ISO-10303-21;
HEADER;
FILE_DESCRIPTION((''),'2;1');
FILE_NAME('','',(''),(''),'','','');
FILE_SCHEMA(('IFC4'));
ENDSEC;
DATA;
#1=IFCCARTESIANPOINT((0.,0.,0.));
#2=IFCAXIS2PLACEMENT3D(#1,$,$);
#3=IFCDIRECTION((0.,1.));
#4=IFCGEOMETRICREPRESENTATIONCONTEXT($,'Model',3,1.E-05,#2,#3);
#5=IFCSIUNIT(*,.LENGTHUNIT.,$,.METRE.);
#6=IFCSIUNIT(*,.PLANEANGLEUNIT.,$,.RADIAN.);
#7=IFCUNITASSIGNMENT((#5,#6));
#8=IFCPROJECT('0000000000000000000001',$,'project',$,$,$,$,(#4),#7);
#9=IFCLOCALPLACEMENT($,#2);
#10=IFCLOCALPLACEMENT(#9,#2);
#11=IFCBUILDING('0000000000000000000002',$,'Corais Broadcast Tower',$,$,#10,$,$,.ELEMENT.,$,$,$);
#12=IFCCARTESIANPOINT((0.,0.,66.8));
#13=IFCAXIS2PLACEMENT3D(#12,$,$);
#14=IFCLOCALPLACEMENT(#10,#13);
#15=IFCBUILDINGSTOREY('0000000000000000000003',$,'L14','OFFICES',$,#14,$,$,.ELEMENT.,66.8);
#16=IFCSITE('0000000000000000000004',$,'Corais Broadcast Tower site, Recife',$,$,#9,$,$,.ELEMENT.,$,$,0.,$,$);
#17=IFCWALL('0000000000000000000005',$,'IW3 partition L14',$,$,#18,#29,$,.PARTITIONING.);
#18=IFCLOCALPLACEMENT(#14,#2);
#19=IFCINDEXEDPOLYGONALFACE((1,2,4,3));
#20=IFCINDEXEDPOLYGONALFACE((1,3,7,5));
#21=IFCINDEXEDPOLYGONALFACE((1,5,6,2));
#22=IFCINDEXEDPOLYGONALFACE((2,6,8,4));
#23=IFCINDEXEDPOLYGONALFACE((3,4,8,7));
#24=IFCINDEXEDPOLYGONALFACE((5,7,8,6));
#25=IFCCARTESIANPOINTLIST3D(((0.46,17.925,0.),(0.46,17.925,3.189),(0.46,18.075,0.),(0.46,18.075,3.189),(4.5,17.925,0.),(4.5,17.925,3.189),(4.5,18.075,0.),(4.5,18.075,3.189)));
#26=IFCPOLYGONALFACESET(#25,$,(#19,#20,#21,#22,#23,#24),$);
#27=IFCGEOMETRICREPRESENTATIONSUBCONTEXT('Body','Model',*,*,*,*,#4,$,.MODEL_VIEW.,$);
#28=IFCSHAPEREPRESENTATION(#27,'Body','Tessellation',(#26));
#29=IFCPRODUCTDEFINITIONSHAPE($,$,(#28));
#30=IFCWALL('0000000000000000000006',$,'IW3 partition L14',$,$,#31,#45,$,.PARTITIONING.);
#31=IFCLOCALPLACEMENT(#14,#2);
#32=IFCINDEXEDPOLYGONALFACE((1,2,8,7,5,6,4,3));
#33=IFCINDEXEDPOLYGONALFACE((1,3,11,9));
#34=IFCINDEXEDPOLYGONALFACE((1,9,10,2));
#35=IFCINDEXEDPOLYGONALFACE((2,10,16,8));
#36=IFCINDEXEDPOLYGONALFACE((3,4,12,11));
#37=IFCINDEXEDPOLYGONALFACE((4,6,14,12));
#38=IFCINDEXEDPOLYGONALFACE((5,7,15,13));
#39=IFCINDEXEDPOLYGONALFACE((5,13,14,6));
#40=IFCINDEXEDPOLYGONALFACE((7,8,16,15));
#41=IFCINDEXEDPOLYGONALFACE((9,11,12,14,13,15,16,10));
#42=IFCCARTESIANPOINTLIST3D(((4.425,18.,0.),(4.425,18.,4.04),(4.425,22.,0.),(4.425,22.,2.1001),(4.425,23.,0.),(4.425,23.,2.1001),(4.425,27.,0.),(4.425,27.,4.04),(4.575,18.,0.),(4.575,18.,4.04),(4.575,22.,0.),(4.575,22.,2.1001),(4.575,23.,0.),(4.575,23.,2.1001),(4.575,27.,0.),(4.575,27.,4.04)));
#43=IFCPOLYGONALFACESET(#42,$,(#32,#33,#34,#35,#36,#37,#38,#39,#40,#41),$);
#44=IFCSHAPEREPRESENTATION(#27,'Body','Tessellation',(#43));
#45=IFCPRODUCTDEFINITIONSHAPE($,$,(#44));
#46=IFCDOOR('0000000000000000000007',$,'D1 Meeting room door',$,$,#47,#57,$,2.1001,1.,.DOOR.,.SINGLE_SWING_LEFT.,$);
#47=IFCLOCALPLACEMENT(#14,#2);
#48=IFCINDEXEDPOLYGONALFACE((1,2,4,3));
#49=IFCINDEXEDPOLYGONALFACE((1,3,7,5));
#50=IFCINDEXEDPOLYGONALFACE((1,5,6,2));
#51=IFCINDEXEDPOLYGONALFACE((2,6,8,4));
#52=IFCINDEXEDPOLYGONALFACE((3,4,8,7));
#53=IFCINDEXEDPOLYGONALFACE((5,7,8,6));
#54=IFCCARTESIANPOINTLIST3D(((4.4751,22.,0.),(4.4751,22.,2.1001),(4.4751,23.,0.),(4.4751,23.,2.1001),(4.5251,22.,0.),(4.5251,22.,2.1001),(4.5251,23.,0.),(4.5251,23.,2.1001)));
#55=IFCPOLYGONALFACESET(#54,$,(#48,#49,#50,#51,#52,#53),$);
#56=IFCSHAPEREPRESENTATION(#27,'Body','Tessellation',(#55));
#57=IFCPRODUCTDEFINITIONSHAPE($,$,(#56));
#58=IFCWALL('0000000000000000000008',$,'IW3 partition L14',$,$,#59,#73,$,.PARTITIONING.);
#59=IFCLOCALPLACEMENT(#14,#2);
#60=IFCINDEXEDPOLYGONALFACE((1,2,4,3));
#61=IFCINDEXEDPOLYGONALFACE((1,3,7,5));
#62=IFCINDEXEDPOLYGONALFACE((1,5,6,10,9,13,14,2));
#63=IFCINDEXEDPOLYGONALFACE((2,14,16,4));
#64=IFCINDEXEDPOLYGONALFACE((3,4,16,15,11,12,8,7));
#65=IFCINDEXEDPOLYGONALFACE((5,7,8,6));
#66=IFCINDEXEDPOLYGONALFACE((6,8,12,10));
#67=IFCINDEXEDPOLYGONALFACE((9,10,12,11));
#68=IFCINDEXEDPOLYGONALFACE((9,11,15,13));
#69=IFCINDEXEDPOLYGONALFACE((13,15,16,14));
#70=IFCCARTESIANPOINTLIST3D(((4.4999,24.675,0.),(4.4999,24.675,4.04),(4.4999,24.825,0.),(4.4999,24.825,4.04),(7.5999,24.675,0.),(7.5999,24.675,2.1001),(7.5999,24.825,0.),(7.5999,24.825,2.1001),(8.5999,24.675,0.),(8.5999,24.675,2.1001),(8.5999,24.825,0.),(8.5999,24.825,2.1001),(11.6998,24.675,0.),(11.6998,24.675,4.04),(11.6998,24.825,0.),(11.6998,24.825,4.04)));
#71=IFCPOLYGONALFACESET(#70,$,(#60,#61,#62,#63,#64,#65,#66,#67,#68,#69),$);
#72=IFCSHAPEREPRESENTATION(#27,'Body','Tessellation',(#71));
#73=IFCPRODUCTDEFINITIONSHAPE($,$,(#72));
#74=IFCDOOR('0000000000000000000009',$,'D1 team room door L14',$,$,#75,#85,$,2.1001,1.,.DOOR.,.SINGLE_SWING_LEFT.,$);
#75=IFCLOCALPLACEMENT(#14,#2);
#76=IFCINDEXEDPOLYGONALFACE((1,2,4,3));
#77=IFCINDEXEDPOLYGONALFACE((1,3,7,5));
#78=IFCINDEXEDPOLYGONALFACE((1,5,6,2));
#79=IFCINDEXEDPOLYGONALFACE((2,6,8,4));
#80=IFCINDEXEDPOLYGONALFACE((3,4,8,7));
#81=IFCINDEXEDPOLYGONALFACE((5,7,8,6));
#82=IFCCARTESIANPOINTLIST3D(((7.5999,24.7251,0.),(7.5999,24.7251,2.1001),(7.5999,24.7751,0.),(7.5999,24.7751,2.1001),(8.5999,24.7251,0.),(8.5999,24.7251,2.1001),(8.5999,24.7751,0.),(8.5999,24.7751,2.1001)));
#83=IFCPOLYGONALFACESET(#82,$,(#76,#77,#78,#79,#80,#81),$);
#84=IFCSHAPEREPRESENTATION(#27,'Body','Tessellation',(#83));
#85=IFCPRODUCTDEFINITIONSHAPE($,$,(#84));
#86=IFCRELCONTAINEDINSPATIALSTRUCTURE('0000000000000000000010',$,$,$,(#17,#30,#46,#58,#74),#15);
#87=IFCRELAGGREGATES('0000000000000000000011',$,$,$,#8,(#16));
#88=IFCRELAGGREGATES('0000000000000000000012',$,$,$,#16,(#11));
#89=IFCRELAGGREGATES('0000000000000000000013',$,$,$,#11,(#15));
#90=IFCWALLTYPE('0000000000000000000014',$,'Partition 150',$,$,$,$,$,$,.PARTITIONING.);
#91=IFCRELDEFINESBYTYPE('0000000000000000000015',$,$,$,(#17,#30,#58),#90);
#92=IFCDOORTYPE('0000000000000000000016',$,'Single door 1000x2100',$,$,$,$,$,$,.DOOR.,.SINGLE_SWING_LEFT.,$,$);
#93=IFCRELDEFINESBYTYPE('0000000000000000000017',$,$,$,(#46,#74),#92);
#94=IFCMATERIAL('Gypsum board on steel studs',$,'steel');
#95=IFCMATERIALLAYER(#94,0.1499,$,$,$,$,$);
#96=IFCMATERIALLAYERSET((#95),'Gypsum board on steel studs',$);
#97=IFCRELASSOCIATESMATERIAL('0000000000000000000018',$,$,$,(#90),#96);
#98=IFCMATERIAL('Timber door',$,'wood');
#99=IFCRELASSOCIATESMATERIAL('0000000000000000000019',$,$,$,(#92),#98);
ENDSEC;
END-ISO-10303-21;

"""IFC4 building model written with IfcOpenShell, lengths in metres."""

from ifc_helpers import new_model, si_unit, direction, frame, frame_2d, origin, place, context, subcontext, project, spatial, rectangle, extrude, material, layer, layer_set, type_object, element, fill, save


model = new_model("IFC4")

# Units and contexts
model_context = context("Model", 3, precision=1e-05, world=origin(), true_north=direction((0.0, 1.0)))
body_context = subcontext(model_context, "Body", "Model", "MODEL_VIEW")
ifc_project = project(units=[si_unit("LENGTHUNIT", "METRE"), si_unit("PLANEANGLEUNIT", "RADIAN")], contexts=[model_context])

# Site, building, storey
site_placement = place(None, origin())
site = spatial("IfcSite", under=ifc_project, at=site_placement, Name="Corais Broadcast Tower site, Recife", CompositionType="ELEMENT", RefElevation=0.0)
building_placement = place(site_placement, origin())
building = spatial("IfcBuilding", under=site, at=building_placement, Name="Corais Broadcast Tower", CompositionType="ELEMENT")
storey_placement = place(building_placement, frame((0.0, 0.0, 66.8)))
storey = spatial("IfcBuildingStorey", under=building, at=storey_placement, Name="L14", Description="OFFICES", CompositionType="ELEMENT", Elevation=66.8)

# Wall
ifc_material_1 = material(Name="Gypsum board on steel studs", Category="steel")
ifc_layer_1 = layer(ifc_material_1, 0.1499)
ifc_layer_set_1 = layer_set([ifc_layer_1], Name="Gypsum board on steel studs")
wall_type_1 = type_object("IfcWallType", Name="Partition 150", PredefinedType="PARTITIONING", material=ifc_layer_set_1)
wall_1_placement = place(storey_placement, frame((0.46, 18.0, 0.0), z_axis=(0.0, 0.0, 1.0), x_axis=(1.0, 0.0, 0.0)))
element("IfcWall", 1, at=wall_1_placement, inside=storey, type_object=wall_type_1, Name="IW3 partition L14", PredefinedType="PARTITIONING", context=body_context, shape_type="SweptSolid", body=[
    extrude(rectangle(XDim=4.04, YDim=0.1499, at=frame_2d((2.02, 0.0))), origin(), (0.0, 0.0, 1.0), 3.189),
])

# Walls, openings, doors
wall_2_placement = place(storey_placement, frame((4.5, 18.0, 0.0), z_axis=(0.0, 0.0, 1.0), x_axis=(0.0, 1.0, 0.0)))
wall_2 = element("IfcWall", 2, at=wall_2_placement, inside=storey, type_object=wall_type_1, Name="IW3 partition L14", PredefinedType="PARTITIONING", context=body_context, shape_type="SweptSolid", body=[
    extrude(rectangle(XDim=9.0, YDim=0.1499, at=frame_2d((4.5, 0.0))), origin(), (0.0, 0.0, 1.0), 4.04),
])
opening_1_placement = place(wall_2_placement, frame((4.0, 0.0, 0.0)))
opening_1 = element("IfcOpeningElement", 3, at=opening_1_placement, cuts=wall_2, PredefinedType="OPENING", context=body_context, shape_type="SweptSolid", body=[
    extrude(rectangle(XDim=1.0, YDim=2.1001, at=frame_2d((0.5, 1.05))), frame((0.0, 0.085, 0.0), z_axis=(0.0, -1.0, 0.0), x_axis=(1.0, 0.0, 0.0)), (0.0, 0.0, 1.0), 0.1699),
])
ifc_material_2 = material(Name="Timber door", Category="wood")
door_type_1 = type_object("IfcDoorType", Name="Single door 1000x2100", OperationType="SINGLE_SWING_LEFT", PredefinedType="DOOR", material=ifc_material_2)
door_1_placement = place(opening_1_placement, origin())
door_1 = element("IfcDoor", 4, at=door_1_placement, inside=storey, type_object=door_type_1, Name="D1 Meeting room door", OperationType="SINGLE_SWING_LEFT", OverallHeight=2.1001, OverallWidth=1.0, PredefinedType="DOOR", context=body_context, shape_type="SweptSolid", body=[
    extrude(rectangle(XDim=1.0, YDim=2.1001, at=frame_2d((0.5, 1.05))), frame((0.0, 0.0249, 0.0), z_axis=(0.0, -1.0, 0.0), x_axis=(1.0, 0.0, 0.0)), (0.0, 0.0, 1.0), 0.05),
])
fill(opening_1, door_1)
wall_3_placement = place(storey_placement, frame((11.7, 24.75, 0.0), z_axis=(0.0, 0.0, 1.0), x_axis=(-1.0, 0.0, 0.0)))
wall_3 = element("IfcWall", 5, at=wall_3_placement, inside=storey, type_object=wall_type_1, Name="IW3 partition L14", PredefinedType="PARTITIONING", context=body_context, shape_type="SweptSolid", body=[
    extrude(rectangle(XDim=7.2, YDim=0.1499, at=frame_2d((3.6001, 0.0))), origin(), (0.0, 0.0, 1.0), 4.04),
])
opening_2_placement = place(wall_3_placement, frame((3.1001, 0.0, 0.0)))
opening_2 = element("IfcOpeningElement", 6, at=opening_2_placement, cuts=wall_3, PredefinedType="OPENING", context=body_context, shape_type="SweptSolid", body=[
    extrude(rectangle(XDim=1.0, YDim=2.1001, at=frame_2d((0.5, 1.05))), frame((0.0, 0.085, 0.0), z_axis=(0.0, -1.0, 0.0), x_axis=(1.0, 0.0, 0.0)), (0.0, 0.0, 1.0), 0.1699),
])
door_2_placement = place(opening_2_placement, origin())
door_2 = element("IfcDoor", 7, at=door_2_placement, inside=storey, type_object=door_type_1, Name="D1 team room door L14", OperationType="SINGLE_SWING_LEFT", OverallHeight=2.1001, OverallWidth=1.0, PredefinedType="DOOR", context=body_context, shape_type="SweptSolid", body=[
    extrude(rectangle(XDim=1.0, YDim=2.1001, at=frame_2d((0.5, 1.05))), frame((0.0, 0.0249, 0.0), z_axis=(0.0, -1.0, 0.0), x_axis=(1.0, 0.0, 0.0)), (0.0, 0.0, 1.0), 0.05),
])
fill(opening_2, door_2)

save(model, "model.ifc")
